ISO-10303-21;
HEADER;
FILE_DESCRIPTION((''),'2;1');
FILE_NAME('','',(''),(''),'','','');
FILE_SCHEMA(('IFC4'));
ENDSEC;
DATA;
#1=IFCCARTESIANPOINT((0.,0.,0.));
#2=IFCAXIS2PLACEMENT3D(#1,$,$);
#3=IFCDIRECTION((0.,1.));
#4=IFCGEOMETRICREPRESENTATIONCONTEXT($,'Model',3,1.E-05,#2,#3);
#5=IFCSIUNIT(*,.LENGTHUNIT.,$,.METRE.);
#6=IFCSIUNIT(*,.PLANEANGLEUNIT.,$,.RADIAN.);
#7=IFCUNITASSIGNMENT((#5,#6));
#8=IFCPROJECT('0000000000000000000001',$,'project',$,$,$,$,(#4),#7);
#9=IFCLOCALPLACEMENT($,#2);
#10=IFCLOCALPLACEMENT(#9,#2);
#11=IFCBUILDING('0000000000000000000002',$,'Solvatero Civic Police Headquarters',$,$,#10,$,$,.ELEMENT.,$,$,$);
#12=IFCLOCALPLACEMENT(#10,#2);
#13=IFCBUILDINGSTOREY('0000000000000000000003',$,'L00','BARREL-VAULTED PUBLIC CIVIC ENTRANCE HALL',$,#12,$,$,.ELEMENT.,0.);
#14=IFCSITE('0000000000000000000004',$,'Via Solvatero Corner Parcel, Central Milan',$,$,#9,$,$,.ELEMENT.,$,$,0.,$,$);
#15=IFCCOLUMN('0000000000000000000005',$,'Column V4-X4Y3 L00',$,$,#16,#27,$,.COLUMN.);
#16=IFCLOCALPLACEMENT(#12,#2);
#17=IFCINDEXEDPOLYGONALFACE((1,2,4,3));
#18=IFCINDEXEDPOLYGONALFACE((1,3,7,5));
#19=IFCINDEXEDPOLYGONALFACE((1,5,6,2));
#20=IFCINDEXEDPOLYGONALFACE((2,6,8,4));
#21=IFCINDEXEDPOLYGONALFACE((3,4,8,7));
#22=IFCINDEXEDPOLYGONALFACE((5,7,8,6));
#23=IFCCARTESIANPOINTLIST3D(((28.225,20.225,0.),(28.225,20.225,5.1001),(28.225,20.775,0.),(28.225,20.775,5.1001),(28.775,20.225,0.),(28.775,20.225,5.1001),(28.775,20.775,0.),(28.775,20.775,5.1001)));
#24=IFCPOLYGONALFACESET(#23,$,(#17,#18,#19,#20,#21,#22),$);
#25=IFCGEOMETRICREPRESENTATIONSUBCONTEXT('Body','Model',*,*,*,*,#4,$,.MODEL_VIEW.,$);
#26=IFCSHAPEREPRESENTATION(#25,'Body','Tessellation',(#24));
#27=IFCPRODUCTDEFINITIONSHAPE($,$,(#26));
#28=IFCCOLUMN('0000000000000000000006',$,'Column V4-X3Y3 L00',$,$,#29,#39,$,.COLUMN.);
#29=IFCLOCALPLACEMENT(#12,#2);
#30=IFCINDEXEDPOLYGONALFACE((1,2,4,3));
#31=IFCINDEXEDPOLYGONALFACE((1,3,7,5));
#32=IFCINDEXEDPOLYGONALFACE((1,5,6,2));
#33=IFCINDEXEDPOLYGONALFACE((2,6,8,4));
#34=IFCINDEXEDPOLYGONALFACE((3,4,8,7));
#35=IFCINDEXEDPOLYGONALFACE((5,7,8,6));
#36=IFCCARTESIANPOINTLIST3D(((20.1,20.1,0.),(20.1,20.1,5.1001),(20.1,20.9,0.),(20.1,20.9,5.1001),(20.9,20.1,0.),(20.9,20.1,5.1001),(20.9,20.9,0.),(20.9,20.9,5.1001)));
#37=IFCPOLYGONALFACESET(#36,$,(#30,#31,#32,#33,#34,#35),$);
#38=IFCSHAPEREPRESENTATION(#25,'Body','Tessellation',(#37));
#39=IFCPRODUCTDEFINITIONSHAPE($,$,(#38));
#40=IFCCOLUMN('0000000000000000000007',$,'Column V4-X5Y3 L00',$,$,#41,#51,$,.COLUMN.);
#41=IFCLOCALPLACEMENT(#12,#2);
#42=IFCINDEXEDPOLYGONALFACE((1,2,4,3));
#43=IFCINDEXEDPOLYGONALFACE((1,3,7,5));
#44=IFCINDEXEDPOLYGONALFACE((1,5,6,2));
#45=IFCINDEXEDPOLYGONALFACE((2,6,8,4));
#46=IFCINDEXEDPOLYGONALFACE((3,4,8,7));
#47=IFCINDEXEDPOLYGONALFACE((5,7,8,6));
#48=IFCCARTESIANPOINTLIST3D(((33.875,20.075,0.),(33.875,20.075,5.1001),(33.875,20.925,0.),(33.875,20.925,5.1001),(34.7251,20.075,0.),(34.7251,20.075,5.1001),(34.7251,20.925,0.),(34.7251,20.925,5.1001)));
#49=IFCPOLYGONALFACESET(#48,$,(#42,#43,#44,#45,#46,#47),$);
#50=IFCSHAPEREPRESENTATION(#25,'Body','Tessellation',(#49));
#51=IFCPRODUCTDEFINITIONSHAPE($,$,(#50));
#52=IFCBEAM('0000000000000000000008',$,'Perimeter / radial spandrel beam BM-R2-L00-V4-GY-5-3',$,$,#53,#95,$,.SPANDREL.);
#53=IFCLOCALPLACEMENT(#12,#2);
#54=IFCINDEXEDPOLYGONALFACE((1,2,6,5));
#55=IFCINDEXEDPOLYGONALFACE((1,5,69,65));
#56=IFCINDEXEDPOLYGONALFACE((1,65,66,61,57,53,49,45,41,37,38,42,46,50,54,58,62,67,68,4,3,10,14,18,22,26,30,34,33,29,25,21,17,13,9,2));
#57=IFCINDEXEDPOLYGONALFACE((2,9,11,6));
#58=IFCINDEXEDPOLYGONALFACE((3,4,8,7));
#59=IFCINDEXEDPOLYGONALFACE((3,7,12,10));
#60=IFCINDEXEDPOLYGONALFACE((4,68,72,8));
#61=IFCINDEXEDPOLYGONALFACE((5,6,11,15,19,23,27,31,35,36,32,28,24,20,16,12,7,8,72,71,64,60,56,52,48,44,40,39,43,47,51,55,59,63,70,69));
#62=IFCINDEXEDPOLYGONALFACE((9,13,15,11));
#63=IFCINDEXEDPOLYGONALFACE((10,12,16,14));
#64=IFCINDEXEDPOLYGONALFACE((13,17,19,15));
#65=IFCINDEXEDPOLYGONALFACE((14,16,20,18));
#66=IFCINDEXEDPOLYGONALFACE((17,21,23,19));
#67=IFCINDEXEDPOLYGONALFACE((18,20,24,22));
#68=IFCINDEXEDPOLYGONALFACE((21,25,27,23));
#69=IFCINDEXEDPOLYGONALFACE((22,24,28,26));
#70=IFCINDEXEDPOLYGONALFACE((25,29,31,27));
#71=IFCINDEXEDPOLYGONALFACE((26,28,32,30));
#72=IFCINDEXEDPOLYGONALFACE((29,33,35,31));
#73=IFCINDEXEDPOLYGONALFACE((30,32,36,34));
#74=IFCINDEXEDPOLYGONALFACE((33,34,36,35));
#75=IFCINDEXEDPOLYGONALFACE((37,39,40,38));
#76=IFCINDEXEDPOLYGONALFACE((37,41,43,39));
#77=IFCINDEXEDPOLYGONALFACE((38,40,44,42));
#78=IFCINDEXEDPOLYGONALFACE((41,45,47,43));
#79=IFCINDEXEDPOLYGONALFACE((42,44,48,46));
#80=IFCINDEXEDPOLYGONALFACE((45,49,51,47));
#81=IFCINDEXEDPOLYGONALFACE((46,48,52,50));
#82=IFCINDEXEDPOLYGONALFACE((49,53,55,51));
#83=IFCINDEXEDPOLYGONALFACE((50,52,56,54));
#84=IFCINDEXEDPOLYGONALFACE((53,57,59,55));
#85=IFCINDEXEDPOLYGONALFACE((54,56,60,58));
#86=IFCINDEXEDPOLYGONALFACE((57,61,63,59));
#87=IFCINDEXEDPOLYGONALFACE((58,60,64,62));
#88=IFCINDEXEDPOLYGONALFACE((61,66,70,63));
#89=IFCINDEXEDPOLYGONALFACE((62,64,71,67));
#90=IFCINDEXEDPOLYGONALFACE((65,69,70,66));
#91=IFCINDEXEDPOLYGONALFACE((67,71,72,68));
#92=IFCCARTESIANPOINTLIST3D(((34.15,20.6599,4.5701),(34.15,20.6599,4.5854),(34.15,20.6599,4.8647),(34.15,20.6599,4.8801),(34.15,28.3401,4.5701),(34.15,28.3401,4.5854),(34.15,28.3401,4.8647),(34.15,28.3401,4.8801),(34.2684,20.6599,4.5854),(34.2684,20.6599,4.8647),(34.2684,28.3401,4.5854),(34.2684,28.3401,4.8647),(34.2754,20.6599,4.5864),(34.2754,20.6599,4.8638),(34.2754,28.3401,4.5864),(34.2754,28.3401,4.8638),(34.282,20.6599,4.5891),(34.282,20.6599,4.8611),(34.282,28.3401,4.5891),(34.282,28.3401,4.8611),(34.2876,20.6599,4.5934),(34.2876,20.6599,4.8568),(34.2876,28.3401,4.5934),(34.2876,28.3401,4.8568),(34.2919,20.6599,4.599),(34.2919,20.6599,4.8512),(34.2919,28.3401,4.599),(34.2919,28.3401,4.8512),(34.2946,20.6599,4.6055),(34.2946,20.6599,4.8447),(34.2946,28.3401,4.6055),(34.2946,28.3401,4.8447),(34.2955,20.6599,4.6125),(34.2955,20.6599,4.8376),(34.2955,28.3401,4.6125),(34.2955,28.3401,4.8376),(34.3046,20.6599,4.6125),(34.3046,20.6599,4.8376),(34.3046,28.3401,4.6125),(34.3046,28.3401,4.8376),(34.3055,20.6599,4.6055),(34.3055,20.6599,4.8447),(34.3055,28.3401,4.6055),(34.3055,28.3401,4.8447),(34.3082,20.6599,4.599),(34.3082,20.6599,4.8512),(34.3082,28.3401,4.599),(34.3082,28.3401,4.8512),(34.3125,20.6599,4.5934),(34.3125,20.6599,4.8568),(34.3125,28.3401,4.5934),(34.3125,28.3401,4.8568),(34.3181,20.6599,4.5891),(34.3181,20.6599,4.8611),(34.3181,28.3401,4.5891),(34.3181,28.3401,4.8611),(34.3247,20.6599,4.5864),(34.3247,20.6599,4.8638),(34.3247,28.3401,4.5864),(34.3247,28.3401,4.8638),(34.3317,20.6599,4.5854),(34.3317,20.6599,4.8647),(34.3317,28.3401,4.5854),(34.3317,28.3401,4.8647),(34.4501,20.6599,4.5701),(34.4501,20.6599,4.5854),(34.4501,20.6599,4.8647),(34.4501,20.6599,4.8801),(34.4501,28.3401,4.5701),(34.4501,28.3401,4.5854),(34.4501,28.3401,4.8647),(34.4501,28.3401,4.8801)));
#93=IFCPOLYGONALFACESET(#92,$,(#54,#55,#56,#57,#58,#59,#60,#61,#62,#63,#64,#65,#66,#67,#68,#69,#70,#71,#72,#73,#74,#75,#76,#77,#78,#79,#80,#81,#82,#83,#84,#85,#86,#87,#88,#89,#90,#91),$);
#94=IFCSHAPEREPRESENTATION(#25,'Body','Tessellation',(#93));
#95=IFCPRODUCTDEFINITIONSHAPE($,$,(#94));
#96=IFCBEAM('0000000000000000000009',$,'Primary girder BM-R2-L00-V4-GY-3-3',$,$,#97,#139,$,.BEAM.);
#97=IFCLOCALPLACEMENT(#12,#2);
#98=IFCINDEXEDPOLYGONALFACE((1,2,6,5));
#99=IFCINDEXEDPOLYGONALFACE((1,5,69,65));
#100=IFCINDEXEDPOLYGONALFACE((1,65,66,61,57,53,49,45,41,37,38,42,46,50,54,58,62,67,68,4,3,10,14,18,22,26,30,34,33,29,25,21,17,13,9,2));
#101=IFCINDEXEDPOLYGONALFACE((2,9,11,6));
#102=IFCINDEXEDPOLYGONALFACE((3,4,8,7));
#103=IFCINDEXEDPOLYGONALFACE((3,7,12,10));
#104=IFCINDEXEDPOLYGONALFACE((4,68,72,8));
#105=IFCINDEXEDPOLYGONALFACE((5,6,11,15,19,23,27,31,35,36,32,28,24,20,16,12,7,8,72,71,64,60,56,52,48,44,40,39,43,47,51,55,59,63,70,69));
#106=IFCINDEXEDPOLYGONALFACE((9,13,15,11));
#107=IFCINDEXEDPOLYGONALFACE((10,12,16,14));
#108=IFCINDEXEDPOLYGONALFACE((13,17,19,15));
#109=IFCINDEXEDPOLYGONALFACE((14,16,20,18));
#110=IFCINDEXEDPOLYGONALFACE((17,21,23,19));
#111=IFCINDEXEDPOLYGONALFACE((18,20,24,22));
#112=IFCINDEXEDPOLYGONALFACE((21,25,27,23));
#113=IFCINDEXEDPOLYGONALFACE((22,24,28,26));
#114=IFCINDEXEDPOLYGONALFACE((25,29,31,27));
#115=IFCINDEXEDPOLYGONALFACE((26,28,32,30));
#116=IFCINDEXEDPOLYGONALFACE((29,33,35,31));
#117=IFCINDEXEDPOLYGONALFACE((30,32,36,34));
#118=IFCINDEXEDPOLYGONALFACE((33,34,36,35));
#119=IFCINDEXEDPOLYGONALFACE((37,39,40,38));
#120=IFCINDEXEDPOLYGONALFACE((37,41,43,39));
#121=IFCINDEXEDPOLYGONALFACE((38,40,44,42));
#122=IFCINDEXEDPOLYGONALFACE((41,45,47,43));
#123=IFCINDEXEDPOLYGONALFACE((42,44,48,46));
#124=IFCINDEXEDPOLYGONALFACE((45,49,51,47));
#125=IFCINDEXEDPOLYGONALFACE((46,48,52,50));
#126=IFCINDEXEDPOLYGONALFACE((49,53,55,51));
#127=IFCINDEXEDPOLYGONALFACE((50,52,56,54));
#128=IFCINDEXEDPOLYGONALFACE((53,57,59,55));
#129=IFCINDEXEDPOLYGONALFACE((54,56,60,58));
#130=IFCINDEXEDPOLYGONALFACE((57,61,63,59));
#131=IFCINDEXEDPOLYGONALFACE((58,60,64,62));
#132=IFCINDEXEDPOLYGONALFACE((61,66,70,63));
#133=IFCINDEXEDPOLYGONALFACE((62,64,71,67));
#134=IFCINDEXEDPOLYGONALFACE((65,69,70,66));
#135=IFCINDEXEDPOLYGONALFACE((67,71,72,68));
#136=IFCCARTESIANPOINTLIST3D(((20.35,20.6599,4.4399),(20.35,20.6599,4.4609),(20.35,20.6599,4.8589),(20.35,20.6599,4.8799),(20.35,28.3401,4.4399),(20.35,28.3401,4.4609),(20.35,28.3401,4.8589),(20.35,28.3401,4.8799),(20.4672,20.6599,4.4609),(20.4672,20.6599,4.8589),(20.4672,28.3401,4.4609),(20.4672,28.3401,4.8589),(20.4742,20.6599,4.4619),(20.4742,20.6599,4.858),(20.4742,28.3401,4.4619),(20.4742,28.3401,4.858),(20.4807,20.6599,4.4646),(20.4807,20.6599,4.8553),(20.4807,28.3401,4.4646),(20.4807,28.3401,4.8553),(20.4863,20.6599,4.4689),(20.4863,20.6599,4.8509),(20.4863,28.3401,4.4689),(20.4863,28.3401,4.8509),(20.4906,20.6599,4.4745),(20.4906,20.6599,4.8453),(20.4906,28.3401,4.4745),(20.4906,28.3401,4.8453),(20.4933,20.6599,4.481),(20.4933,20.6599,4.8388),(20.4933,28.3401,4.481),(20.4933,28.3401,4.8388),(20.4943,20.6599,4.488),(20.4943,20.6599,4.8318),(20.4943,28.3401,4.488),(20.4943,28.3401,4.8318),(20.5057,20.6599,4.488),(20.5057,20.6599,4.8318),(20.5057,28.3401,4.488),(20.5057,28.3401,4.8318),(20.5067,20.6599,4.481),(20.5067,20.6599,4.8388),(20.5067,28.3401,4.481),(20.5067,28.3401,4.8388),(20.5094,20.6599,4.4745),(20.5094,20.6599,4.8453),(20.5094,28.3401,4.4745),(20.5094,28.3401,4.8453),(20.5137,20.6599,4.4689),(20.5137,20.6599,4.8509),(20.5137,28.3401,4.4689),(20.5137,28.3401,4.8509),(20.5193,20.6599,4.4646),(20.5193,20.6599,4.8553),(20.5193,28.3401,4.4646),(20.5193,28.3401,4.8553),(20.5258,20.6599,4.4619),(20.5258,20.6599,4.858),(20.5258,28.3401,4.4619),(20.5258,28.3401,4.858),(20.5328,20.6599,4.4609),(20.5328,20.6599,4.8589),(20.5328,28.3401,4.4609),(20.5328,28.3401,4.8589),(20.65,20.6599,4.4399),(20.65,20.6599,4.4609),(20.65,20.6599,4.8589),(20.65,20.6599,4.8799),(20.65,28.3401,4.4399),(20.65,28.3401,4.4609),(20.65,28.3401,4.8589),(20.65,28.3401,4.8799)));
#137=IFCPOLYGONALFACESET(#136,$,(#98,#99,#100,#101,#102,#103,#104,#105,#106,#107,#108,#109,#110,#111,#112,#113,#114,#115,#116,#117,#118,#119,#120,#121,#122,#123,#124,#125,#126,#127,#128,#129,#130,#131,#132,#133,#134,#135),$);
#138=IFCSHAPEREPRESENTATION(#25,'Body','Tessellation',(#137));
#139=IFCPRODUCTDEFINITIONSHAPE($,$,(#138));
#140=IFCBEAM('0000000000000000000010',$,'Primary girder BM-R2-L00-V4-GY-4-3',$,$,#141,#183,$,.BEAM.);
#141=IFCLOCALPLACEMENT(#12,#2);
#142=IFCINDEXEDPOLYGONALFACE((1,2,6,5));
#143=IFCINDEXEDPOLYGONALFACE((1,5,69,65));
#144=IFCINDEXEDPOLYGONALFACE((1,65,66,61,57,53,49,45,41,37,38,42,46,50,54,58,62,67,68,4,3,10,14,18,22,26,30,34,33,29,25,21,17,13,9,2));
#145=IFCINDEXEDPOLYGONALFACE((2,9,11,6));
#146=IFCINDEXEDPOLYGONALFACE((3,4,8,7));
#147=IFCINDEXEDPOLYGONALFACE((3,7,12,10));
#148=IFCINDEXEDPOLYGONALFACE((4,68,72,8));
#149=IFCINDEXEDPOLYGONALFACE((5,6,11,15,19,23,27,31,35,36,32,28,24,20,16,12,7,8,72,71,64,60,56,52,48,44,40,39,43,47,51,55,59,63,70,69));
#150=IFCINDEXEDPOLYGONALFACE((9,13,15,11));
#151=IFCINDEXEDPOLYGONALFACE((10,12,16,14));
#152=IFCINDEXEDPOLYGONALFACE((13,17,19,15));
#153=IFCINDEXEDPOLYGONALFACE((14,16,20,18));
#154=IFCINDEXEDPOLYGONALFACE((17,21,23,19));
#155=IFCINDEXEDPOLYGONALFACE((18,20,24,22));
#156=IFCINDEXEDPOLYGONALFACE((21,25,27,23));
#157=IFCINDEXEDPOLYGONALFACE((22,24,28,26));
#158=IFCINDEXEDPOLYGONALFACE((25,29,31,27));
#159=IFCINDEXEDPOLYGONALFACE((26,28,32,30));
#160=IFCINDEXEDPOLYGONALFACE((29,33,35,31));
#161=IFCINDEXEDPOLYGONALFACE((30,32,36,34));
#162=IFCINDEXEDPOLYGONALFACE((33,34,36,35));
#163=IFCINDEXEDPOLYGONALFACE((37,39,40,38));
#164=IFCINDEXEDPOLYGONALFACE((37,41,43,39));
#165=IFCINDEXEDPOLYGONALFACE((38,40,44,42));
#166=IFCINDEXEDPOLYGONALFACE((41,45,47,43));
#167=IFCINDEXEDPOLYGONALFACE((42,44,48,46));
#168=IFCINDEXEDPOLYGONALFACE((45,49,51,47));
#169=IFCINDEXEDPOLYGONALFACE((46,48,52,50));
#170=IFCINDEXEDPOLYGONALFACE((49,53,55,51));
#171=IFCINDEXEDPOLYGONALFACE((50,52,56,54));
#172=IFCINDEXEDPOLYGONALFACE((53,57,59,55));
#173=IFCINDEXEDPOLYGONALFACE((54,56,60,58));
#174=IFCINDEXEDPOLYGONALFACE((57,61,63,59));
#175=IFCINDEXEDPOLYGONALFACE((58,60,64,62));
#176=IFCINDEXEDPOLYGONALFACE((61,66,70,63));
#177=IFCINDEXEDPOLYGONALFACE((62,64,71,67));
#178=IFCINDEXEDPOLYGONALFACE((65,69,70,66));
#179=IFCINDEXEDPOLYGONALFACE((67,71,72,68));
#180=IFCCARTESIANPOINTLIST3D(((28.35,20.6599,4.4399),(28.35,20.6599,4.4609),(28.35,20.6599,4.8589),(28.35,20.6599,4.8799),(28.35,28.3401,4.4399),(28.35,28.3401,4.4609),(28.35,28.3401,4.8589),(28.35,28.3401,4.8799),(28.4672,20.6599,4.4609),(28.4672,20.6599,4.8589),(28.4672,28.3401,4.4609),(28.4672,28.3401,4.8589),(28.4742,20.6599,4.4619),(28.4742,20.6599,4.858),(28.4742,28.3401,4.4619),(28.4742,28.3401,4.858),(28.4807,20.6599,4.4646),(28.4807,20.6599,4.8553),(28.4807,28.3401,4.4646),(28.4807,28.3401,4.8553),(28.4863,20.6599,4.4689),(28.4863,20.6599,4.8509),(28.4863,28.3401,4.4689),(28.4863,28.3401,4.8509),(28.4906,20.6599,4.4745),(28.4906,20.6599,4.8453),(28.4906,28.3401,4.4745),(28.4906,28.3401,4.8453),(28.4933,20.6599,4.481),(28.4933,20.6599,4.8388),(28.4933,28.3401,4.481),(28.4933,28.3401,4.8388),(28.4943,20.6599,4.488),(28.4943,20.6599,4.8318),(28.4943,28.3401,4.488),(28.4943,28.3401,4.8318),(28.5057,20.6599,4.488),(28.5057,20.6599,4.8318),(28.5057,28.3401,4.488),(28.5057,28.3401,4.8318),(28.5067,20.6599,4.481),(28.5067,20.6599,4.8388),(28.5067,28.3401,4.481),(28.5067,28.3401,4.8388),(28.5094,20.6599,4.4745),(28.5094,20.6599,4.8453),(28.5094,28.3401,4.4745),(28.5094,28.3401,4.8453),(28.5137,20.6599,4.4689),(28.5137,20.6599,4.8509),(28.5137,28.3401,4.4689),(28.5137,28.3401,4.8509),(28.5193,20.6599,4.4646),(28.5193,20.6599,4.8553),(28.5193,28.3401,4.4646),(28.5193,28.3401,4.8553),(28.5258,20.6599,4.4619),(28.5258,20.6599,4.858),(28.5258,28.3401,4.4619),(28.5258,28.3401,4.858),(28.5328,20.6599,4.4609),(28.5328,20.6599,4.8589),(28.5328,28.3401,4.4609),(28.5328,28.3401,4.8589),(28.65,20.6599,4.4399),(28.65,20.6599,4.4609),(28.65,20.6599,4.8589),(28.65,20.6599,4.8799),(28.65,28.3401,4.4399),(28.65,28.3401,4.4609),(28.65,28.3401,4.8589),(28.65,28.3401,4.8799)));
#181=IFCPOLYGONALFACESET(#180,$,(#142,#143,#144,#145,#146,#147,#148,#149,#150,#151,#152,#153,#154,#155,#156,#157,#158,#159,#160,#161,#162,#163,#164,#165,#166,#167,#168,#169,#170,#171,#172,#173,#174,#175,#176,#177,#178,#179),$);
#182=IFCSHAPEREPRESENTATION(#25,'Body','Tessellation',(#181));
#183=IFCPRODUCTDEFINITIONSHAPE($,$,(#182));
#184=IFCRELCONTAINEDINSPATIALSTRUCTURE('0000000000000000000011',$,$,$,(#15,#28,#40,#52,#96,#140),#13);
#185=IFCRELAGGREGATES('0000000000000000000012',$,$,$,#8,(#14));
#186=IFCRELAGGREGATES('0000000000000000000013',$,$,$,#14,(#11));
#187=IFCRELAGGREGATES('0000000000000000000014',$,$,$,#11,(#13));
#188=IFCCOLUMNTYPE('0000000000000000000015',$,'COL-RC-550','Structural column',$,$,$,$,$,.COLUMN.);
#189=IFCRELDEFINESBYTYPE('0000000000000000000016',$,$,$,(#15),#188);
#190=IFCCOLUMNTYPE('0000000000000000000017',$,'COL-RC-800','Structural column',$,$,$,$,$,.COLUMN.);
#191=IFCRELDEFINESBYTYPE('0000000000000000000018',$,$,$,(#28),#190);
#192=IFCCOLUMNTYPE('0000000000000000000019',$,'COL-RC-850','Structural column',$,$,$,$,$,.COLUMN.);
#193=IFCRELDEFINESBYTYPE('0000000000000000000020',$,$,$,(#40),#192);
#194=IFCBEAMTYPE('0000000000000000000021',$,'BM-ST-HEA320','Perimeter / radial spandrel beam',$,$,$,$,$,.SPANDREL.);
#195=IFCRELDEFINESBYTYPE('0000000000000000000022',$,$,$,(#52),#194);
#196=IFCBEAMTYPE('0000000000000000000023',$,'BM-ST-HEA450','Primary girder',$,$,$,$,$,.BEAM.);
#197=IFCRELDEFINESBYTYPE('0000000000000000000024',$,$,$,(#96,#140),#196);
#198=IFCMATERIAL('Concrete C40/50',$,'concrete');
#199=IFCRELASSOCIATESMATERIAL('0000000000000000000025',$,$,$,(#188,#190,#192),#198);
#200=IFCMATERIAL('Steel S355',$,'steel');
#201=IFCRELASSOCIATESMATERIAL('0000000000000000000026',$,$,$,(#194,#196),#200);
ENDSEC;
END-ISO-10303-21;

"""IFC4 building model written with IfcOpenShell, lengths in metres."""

from ifc_helpers import new_model, si_unit, direction, frame, origin, origin_2d, place, context, subcontext, project, spatial, rectangle, i_section, extrude, material, material_profile, profile_set, type_object, element, save


model = new_model("IFC4")

# Units and contexts
model_context = context("Model", 3, precision=1e-05, world=origin(), true_north=direction((0.0, 1.0)))
body_context = subcontext(model_context, "Body", "Model", "MODEL_VIEW")
ifc_project = project(units=[si_unit("LENGTHUNIT", "METRE"), si_unit("PLANEANGLEUNIT", "RADIAN")], contexts=[model_context])

# Site, building, storey
site_placement = place(None, origin())
site = spatial("IfcSite", under=ifc_project, at=site_placement, Name="Via Solvatero Corner Parcel, Central Milan", CompositionType="ELEMENT", RefElevation=0.0)
building_placement = place(site_placement, origin())
building = spatial("IfcBuilding", under=site, at=building_placement, Name="Solvatero Civic Police Headquarters", CompositionType="ELEMENT")
storey_placement = place(building_placement, origin())
storey = spatial("IfcBuildingStorey", under=building, at=storey_placement, Name="L00", Description="BARREL-VAULTED PUBLIC CIVIC ENTRANCE HALL", CompositionType="ELEMENT", Elevation=0.0)

# Columns
ifc_material_1 = material(Name="Concrete C40/50", Category="concrete")
ifc_material_profile_1 = material_profile(ifc_material_1, rectangle(XDim=0.55, YDim=0.55, at=origin_2d()), Name="RC 550x550")
ifc_profile_set_1 = profile_set([ifc_material_profile_1], Name="Concrete C40/50")
column_type_1 = type_object("IfcColumnType", Name="COL-RC-550", Description="Structural column", PredefinedType="COLUMN", material=ifc_profile_set_1)
column_1_placement = place(storey_placement, frame((28.5, 20.5, 0.0), z_axis=(0.0, 0.0, 1.0), x_axis=(1.0, 0.0, 0.0)))
element("IfcColumn", 1, at=column_1_placement, inside=storey, type_object=column_type_1, Name="Column V4-X4Y3 L00", PredefinedType="COLUMN", context=body_context, shape_type="SweptSolid", body=[
    extrude(rectangle(XDim=0.55, YDim=0.55, at=origin_2d()), origin(), (0.0, 0.0, 1.0), 5.1001),
])
ifc_material_profile_2 = material_profile(ifc_material_1, rectangle(XDim=0.8, YDim=0.8, at=origin_2d()), Name="RC 800x800")
ifc_profile_set_2 = profile_set([ifc_material_profile_2], Name="Concrete C40/50")
column_type_2 = type_object("IfcColumnType", Name="COL-RC-800", Description="Structural column", PredefinedType="COLUMN", material=ifc_profile_set_2)
column_2_placement = place(storey_placement, frame((20.5, 20.5, 0.0), z_axis=(0.0, 0.0, 1.0), x_axis=(1.0, 0.0, 0.0)))
element("IfcColumn", 2, at=column_2_placement, inside=storey, type_object=column_type_2, Name="Column V4-X3Y3 L00", PredefinedType="COLUMN", context=body_context, shape_type="SweptSolid", body=[
    extrude(rectangle(XDim=0.8, YDim=0.8, at=origin_2d()), origin(), (0.0, 0.0, 1.0), 5.1001),
])
ifc_material_profile_3 = material_profile(ifc_material_1, rectangle(XDim=0.8501, YDim=0.8501, at=origin_2d()), Name="RC 850x850")
ifc_profile_set_3 = profile_set([ifc_material_profile_3], Name="Concrete C40/50")
column_type_3 = type_object("IfcColumnType", Name="COL-RC-850", Description="Structural column", PredefinedType="COLUMN", material=ifc_profile_set_3)
column_3_placement = place(storey_placement, frame((34.3, 20.5, 0.0), z_axis=(0.0, 0.0, 1.0), x_axis=(1.0, 0.0, 0.0)))
element("IfcColumn", 3, at=column_3_placement, inside=storey, type_object=column_type_3, Name="Column V4-X5Y3 L00", PredefinedType="COLUMN", context=body_context, shape_type="SweptSolid", body=[
    extrude(rectangle(XDim=0.8501, YDim=0.8501, at=origin_2d()), origin(), (0.0, 0.0, 1.0), 5.1001),
])

# Beams
ifc_material_2 = material(Name="Steel S355", Category="steel")
ifc_material_profile_4 = material_profile(ifc_material_2, i_section(OverallWidth=0.3, OverallDepth=0.3101, WebThickness=0.009, FlangeThickness=0.0154, FilletRadius=0.0271, at=origin_2d()), Name="HEA 320")
ifc_profile_set_4 = profile_set([ifc_material_profile_4], Name="Steel S355")
beam_type_1 = type_object("IfcBeamType", Name="BM-ST-HEA320", Description="Perimeter / radial spandrel beam", PredefinedType="SPANDREL", material=ifc_profile_set_4)
beam_1_placement = place(storey_placement, frame((34.3, 20.6599, 4.7251), z_axis=(0.0, 1.0, 0.0), x_axis=(-1.0, 0.0, 0.0)))
element("IfcBeam", 4, at=beam_1_placement, inside=storey, type_object=beam_type_1, Name="Perimeter / radial spandrel beam BM-R2-L00-V4-GY-5-3", PredefinedType="SPANDREL", context=body_context, shape_type="SweptSolid", body=[
    extrude(i_section(OverallWidth=0.3, OverallDepth=0.3101, WebThickness=0.009, FlangeThickness=0.0154, FilletRadius=0.0271, at=origin_2d()), origin(), (0.0, 0.0, 1.0), 7.6802),
])
ifc_material_profile_5 = material_profile(ifc_material_2, i_section(OverallWidth=0.3, OverallDepth=0.4399, WebThickness=0.0115, FlangeThickness=0.021, FilletRadius=0.0271, at=origin_2d()), Name="HEA 450")
ifc_profile_set_5 = profile_set([ifc_material_profile_5], Name="Steel S355")
beam_type_2 = type_object("IfcBeamType", Name="BM-ST-HEA450", Description="Primary girder", PredefinedType="BEAM", material=ifc_profile_set_5)
for number, where, z_axis, x_axis, name in (
    (5, (20.5, 20.6599, 4.6599), (0.0, 1.0, 0.0), (-1.0, 0.0, 0.0), "Primary girder BM-R2-L00-V4-GY-3-3"),
    (6, (28.5, 20.6599, 4.6599), (0.0, 1.0, 0.0), (-1.0, 0.0, 0.0), "Primary girder BM-R2-L00-V4-GY-4-3"),
):
    element("IfcBeam", number, at=place(storey_placement, frame(where, z_axis=z_axis, x_axis=x_axis)), inside=storey, type_object=beam_type_2, Name=name, PredefinedType="BEAM", context=body_context, shape_type="SweptSolid", body=[
        extrude(i_section(OverallWidth=0.3, OverallDepth=0.4399, WebThickness=0.0115, FlangeThickness=0.021, FilletRadius=0.0271, at=origin_2d()), origin(), (0.0, 0.0, 1.0), 7.6802),
    ])

save(model, "model.ifc")
